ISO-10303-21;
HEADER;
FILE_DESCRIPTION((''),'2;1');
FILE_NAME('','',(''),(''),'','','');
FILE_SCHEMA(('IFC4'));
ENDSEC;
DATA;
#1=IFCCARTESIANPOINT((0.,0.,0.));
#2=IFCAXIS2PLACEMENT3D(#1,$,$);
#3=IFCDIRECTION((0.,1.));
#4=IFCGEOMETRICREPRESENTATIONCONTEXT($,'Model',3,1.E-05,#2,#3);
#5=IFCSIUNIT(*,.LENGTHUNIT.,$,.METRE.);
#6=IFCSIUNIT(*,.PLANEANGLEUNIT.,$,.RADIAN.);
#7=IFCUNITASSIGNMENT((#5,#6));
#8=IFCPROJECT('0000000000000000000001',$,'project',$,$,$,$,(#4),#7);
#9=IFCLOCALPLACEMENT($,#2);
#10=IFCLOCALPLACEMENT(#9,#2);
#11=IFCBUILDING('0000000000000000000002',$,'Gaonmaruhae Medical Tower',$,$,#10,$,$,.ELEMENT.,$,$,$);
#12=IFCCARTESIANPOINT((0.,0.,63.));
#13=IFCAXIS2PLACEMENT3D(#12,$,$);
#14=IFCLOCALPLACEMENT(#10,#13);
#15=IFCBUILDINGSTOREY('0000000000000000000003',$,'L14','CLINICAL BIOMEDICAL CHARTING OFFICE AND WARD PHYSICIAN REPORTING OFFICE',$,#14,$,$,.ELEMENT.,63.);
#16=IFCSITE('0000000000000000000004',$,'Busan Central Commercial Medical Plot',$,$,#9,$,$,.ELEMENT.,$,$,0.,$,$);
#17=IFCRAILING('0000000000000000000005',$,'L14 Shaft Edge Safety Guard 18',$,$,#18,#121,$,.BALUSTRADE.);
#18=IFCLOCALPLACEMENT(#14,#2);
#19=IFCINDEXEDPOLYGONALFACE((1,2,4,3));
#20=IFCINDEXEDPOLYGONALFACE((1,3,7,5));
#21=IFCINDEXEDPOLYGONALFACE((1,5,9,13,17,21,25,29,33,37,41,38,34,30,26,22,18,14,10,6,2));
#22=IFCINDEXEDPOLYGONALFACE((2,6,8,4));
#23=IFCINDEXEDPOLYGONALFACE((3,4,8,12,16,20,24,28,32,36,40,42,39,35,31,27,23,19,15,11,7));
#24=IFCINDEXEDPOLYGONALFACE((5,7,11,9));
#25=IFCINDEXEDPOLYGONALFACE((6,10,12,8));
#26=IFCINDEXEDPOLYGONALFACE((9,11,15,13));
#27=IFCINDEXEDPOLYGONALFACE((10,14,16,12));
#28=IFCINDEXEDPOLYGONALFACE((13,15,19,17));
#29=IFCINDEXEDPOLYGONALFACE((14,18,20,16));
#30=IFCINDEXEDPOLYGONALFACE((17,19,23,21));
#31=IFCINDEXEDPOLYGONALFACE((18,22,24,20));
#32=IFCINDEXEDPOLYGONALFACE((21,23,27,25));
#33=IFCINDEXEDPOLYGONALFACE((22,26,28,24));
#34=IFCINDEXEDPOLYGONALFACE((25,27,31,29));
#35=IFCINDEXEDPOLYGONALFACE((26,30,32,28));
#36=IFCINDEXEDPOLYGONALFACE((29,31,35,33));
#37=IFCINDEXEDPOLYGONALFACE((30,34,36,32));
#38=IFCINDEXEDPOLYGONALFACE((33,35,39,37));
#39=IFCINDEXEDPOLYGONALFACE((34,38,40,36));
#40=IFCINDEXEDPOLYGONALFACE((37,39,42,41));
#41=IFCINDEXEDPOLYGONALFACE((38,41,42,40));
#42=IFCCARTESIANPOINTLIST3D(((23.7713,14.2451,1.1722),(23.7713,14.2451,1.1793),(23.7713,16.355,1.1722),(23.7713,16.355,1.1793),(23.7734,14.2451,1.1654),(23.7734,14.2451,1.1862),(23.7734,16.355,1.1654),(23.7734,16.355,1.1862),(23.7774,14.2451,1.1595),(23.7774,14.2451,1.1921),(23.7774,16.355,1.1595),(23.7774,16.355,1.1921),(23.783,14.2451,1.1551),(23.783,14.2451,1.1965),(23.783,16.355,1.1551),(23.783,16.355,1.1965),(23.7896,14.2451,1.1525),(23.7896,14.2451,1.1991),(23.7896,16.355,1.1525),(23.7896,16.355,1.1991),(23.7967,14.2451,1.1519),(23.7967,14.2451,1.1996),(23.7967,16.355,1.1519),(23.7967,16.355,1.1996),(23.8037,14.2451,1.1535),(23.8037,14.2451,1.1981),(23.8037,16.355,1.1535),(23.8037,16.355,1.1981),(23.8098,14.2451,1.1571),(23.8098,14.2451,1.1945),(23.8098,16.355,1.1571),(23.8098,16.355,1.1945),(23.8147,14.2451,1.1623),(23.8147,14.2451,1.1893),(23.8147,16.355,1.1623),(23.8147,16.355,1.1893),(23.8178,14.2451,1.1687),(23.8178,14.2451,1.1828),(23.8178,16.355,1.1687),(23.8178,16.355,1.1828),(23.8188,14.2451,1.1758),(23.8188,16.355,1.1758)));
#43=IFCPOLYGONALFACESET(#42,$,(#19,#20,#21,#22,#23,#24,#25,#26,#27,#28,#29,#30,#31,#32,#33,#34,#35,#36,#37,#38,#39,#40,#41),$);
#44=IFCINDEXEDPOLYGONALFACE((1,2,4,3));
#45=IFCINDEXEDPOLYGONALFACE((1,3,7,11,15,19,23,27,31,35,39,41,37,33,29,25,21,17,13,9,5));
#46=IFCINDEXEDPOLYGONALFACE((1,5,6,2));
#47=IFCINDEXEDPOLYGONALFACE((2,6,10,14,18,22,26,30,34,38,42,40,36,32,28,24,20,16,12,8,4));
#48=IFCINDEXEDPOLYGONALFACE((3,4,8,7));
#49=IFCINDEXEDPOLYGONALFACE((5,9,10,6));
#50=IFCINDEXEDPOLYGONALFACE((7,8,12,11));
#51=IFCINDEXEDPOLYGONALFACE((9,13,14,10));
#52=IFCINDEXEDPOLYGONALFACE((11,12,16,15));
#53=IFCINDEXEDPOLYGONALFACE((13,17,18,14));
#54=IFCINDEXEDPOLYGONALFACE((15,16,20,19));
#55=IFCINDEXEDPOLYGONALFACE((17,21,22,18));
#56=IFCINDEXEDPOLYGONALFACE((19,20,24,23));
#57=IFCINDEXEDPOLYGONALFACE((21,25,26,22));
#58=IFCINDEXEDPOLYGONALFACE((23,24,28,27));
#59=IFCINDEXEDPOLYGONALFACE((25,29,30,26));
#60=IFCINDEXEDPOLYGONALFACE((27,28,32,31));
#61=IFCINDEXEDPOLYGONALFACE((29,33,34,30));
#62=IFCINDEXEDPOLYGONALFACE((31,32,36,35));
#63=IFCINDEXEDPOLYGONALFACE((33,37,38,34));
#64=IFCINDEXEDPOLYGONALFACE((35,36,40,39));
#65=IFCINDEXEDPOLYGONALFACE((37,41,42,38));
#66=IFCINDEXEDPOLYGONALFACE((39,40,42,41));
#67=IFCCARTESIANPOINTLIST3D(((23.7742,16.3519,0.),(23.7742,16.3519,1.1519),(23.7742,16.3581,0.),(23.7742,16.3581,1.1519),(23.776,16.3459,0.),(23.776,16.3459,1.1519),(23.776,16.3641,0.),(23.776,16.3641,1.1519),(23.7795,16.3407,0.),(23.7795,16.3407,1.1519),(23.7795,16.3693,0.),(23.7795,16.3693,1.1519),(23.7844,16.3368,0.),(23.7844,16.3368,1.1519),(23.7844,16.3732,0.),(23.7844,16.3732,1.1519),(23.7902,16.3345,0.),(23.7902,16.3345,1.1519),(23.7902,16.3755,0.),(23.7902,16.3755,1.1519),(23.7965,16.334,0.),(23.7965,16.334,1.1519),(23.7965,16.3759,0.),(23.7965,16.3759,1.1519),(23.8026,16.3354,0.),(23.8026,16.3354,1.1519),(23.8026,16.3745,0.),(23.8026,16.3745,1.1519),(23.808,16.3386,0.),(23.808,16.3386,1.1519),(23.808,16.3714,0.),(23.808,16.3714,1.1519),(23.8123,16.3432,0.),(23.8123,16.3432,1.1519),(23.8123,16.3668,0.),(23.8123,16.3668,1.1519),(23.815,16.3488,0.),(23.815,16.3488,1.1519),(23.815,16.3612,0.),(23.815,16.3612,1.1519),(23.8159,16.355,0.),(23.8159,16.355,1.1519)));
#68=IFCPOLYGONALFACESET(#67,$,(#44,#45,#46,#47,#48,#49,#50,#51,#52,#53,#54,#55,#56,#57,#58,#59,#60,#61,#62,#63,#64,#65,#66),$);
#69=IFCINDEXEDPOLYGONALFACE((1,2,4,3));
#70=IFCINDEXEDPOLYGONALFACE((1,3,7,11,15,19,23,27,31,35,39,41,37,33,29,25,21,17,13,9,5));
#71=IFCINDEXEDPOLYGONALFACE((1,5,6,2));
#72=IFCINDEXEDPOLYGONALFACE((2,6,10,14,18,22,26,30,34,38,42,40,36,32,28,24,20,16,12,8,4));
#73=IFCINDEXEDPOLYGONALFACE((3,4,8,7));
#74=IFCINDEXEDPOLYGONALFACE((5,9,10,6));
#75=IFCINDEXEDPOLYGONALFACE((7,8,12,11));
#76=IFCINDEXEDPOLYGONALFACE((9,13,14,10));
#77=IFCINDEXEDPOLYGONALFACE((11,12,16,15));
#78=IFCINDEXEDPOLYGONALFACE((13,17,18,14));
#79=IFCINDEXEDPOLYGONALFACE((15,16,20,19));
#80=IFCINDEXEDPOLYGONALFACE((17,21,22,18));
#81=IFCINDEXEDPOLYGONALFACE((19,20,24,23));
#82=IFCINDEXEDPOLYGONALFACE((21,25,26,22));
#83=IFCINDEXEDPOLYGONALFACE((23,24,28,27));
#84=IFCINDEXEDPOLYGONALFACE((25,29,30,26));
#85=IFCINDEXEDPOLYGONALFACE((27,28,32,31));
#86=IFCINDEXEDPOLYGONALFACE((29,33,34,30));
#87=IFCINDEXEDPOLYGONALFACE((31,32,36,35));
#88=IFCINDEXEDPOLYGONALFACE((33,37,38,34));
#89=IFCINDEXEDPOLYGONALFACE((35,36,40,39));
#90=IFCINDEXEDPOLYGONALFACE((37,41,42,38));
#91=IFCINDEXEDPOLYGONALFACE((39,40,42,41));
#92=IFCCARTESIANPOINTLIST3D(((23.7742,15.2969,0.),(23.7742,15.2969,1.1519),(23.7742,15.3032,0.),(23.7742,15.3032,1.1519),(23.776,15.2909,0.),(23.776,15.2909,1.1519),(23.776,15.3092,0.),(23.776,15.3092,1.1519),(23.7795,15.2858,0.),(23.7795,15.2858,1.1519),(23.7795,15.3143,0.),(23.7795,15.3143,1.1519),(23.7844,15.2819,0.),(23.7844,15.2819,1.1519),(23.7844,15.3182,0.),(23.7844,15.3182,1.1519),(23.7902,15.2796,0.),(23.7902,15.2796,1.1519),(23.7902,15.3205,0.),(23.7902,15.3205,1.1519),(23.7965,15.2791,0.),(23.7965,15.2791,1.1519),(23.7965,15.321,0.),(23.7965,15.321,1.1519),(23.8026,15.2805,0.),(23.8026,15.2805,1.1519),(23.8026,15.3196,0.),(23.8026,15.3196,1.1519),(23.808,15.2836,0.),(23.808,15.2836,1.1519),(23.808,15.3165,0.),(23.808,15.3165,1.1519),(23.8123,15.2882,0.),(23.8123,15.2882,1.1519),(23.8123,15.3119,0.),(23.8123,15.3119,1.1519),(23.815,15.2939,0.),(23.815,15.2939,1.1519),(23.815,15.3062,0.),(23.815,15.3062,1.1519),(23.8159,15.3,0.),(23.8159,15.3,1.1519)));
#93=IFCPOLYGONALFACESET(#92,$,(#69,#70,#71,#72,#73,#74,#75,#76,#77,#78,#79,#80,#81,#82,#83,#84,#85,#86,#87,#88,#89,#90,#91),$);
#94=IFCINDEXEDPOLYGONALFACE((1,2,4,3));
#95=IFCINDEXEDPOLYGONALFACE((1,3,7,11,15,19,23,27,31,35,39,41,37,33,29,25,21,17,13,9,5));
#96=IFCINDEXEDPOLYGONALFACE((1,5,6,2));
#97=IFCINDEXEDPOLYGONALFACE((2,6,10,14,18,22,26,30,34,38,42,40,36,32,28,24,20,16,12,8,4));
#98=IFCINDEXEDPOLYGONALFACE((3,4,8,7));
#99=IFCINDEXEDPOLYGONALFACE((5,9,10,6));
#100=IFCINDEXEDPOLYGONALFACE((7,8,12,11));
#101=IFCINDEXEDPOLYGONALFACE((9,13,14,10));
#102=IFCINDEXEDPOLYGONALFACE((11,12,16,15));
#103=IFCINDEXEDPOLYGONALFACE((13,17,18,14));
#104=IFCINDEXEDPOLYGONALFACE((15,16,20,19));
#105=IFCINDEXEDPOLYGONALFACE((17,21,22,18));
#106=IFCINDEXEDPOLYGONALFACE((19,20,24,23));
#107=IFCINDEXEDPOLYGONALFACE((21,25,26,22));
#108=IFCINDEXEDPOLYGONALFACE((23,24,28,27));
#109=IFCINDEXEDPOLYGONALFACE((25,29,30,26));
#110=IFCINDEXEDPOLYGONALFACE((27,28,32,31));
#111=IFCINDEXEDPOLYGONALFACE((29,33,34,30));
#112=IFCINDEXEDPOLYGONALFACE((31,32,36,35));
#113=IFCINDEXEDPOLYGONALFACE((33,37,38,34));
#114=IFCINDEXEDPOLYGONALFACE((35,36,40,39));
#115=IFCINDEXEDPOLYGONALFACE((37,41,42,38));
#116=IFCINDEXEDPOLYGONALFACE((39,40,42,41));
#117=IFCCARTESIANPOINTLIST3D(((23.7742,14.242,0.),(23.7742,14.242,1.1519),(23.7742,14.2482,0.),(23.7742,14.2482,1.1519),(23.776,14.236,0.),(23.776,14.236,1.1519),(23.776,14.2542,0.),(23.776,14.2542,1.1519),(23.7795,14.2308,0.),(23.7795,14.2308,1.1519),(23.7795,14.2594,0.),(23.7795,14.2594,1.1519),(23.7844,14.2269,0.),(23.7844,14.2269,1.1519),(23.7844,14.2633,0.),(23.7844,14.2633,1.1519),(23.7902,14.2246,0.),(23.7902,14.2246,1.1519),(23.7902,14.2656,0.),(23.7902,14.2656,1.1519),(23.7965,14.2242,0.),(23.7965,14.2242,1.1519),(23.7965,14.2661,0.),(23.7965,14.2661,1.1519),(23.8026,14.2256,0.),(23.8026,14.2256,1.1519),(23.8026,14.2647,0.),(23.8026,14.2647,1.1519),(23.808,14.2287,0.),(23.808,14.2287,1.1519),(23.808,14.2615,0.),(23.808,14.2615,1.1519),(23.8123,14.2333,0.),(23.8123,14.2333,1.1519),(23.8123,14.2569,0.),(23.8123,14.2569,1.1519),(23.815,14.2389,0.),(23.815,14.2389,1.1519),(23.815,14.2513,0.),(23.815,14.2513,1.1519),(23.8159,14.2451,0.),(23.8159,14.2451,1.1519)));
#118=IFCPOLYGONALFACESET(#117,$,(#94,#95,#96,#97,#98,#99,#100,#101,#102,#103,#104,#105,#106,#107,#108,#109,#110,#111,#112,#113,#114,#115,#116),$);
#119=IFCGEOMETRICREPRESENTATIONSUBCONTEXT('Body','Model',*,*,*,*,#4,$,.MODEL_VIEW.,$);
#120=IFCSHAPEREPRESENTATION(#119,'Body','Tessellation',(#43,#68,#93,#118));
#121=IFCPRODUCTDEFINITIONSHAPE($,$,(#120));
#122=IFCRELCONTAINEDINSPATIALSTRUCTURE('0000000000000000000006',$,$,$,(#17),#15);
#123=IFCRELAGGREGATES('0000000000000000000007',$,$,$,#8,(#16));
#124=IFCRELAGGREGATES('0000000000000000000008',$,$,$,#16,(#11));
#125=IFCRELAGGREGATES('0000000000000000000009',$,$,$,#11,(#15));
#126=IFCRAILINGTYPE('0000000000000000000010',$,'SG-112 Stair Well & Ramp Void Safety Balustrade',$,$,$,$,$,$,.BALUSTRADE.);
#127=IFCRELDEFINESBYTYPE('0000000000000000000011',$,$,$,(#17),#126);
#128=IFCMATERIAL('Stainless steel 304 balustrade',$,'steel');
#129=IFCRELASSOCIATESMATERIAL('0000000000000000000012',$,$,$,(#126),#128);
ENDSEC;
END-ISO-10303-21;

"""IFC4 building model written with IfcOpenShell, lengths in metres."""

from ifc_helpers import new_model, si_unit, direction, frame, origin, origin_2d, place, context, subcontext, project, spatial, circle, extrude, material, type_object, element, save


model = new_model("IFC4")

# Units and contexts
model_context = context("Model", 3, precision=1e-05, world=origin(), true_north=direction((0.0, 1.0)))
body_context = subcontext(model_context, "Body", "Model", "MODEL_VIEW")
ifc_project = project(units=[si_unit("LENGTHUNIT", "METRE"), si_unit("PLANEANGLEUNIT", "RADIAN")], contexts=[model_context])

# Site, building, storey
site_placement = place(None, origin())
site = spatial("IfcSite", under=ifc_project, at=site_placement, Name="Busan Central Commercial Medical Plot", CompositionType="ELEMENT", RefElevation=0.0)
building_placement = place(site_placement, origin())
building = spatial("IfcBuilding", under=site, at=building_placement, Name="Gaonmaruhae Medical Tower", CompositionType="ELEMENT")
storey_placement = place(building_placement, frame((0.0, 0.0, 63.0)))
storey = spatial("IfcBuildingStorey", under=building, at=storey_placement, Name="L14", Description="CLINICAL BIOMEDICAL CHARTING OFFICE AND WARD PHYSICIAN REPORTING OFFICE", CompositionType="ELEMENT", Elevation=63.0)

# Railing
ifc_material_1 = material(Name="Stainless steel 304 balustrade", Category="steel")
railing_type_1 = type_object("IfcRailingType", Name="SG-112 Stair Well & Ramp Void Safety Balustrade", PredefinedType="BALUSTRADE", material=ifc_material_1)
railing_1_placement = place(storey_placement, frame((23.7949, 16.355, 0.0)))
element("IfcRailing", 1, at=railing_1_placement, inside=storey, type_object=railing_type_1, Name="L14 Shaft Edge Safety Guard 18", PredefinedType="BALUSTRADE", context=body_context, shape_type="SweptSolid", body=[
    extrude(circle(Radius=0.0239, at=origin_2d()), frame((0.0, 0.0, 1.1758), z_axis=(0.0, -1.0, 0.0), x_axis=(1.0, 0.0, 0.0)), (0.0, 0.0, 1.0), 2.1099),
    extrude(circle(Radius=0.021, at=origin_2d()), origin(), (0.0, 0.0, 1.0), 1.1519),
    extrude(circle(Radius=0.021, at=origin_2d()), frame((0.0, -1.0549, 0.0)), (0.0, 0.0, 1.0), 1.1519),
    extrude(circle(Radius=0.021, at=origin_2d()), frame((0.0, -2.1099, 0.0)), (0.0, 0.0, 1.0), 1.1519),
])

save(model, "model.ifc")
